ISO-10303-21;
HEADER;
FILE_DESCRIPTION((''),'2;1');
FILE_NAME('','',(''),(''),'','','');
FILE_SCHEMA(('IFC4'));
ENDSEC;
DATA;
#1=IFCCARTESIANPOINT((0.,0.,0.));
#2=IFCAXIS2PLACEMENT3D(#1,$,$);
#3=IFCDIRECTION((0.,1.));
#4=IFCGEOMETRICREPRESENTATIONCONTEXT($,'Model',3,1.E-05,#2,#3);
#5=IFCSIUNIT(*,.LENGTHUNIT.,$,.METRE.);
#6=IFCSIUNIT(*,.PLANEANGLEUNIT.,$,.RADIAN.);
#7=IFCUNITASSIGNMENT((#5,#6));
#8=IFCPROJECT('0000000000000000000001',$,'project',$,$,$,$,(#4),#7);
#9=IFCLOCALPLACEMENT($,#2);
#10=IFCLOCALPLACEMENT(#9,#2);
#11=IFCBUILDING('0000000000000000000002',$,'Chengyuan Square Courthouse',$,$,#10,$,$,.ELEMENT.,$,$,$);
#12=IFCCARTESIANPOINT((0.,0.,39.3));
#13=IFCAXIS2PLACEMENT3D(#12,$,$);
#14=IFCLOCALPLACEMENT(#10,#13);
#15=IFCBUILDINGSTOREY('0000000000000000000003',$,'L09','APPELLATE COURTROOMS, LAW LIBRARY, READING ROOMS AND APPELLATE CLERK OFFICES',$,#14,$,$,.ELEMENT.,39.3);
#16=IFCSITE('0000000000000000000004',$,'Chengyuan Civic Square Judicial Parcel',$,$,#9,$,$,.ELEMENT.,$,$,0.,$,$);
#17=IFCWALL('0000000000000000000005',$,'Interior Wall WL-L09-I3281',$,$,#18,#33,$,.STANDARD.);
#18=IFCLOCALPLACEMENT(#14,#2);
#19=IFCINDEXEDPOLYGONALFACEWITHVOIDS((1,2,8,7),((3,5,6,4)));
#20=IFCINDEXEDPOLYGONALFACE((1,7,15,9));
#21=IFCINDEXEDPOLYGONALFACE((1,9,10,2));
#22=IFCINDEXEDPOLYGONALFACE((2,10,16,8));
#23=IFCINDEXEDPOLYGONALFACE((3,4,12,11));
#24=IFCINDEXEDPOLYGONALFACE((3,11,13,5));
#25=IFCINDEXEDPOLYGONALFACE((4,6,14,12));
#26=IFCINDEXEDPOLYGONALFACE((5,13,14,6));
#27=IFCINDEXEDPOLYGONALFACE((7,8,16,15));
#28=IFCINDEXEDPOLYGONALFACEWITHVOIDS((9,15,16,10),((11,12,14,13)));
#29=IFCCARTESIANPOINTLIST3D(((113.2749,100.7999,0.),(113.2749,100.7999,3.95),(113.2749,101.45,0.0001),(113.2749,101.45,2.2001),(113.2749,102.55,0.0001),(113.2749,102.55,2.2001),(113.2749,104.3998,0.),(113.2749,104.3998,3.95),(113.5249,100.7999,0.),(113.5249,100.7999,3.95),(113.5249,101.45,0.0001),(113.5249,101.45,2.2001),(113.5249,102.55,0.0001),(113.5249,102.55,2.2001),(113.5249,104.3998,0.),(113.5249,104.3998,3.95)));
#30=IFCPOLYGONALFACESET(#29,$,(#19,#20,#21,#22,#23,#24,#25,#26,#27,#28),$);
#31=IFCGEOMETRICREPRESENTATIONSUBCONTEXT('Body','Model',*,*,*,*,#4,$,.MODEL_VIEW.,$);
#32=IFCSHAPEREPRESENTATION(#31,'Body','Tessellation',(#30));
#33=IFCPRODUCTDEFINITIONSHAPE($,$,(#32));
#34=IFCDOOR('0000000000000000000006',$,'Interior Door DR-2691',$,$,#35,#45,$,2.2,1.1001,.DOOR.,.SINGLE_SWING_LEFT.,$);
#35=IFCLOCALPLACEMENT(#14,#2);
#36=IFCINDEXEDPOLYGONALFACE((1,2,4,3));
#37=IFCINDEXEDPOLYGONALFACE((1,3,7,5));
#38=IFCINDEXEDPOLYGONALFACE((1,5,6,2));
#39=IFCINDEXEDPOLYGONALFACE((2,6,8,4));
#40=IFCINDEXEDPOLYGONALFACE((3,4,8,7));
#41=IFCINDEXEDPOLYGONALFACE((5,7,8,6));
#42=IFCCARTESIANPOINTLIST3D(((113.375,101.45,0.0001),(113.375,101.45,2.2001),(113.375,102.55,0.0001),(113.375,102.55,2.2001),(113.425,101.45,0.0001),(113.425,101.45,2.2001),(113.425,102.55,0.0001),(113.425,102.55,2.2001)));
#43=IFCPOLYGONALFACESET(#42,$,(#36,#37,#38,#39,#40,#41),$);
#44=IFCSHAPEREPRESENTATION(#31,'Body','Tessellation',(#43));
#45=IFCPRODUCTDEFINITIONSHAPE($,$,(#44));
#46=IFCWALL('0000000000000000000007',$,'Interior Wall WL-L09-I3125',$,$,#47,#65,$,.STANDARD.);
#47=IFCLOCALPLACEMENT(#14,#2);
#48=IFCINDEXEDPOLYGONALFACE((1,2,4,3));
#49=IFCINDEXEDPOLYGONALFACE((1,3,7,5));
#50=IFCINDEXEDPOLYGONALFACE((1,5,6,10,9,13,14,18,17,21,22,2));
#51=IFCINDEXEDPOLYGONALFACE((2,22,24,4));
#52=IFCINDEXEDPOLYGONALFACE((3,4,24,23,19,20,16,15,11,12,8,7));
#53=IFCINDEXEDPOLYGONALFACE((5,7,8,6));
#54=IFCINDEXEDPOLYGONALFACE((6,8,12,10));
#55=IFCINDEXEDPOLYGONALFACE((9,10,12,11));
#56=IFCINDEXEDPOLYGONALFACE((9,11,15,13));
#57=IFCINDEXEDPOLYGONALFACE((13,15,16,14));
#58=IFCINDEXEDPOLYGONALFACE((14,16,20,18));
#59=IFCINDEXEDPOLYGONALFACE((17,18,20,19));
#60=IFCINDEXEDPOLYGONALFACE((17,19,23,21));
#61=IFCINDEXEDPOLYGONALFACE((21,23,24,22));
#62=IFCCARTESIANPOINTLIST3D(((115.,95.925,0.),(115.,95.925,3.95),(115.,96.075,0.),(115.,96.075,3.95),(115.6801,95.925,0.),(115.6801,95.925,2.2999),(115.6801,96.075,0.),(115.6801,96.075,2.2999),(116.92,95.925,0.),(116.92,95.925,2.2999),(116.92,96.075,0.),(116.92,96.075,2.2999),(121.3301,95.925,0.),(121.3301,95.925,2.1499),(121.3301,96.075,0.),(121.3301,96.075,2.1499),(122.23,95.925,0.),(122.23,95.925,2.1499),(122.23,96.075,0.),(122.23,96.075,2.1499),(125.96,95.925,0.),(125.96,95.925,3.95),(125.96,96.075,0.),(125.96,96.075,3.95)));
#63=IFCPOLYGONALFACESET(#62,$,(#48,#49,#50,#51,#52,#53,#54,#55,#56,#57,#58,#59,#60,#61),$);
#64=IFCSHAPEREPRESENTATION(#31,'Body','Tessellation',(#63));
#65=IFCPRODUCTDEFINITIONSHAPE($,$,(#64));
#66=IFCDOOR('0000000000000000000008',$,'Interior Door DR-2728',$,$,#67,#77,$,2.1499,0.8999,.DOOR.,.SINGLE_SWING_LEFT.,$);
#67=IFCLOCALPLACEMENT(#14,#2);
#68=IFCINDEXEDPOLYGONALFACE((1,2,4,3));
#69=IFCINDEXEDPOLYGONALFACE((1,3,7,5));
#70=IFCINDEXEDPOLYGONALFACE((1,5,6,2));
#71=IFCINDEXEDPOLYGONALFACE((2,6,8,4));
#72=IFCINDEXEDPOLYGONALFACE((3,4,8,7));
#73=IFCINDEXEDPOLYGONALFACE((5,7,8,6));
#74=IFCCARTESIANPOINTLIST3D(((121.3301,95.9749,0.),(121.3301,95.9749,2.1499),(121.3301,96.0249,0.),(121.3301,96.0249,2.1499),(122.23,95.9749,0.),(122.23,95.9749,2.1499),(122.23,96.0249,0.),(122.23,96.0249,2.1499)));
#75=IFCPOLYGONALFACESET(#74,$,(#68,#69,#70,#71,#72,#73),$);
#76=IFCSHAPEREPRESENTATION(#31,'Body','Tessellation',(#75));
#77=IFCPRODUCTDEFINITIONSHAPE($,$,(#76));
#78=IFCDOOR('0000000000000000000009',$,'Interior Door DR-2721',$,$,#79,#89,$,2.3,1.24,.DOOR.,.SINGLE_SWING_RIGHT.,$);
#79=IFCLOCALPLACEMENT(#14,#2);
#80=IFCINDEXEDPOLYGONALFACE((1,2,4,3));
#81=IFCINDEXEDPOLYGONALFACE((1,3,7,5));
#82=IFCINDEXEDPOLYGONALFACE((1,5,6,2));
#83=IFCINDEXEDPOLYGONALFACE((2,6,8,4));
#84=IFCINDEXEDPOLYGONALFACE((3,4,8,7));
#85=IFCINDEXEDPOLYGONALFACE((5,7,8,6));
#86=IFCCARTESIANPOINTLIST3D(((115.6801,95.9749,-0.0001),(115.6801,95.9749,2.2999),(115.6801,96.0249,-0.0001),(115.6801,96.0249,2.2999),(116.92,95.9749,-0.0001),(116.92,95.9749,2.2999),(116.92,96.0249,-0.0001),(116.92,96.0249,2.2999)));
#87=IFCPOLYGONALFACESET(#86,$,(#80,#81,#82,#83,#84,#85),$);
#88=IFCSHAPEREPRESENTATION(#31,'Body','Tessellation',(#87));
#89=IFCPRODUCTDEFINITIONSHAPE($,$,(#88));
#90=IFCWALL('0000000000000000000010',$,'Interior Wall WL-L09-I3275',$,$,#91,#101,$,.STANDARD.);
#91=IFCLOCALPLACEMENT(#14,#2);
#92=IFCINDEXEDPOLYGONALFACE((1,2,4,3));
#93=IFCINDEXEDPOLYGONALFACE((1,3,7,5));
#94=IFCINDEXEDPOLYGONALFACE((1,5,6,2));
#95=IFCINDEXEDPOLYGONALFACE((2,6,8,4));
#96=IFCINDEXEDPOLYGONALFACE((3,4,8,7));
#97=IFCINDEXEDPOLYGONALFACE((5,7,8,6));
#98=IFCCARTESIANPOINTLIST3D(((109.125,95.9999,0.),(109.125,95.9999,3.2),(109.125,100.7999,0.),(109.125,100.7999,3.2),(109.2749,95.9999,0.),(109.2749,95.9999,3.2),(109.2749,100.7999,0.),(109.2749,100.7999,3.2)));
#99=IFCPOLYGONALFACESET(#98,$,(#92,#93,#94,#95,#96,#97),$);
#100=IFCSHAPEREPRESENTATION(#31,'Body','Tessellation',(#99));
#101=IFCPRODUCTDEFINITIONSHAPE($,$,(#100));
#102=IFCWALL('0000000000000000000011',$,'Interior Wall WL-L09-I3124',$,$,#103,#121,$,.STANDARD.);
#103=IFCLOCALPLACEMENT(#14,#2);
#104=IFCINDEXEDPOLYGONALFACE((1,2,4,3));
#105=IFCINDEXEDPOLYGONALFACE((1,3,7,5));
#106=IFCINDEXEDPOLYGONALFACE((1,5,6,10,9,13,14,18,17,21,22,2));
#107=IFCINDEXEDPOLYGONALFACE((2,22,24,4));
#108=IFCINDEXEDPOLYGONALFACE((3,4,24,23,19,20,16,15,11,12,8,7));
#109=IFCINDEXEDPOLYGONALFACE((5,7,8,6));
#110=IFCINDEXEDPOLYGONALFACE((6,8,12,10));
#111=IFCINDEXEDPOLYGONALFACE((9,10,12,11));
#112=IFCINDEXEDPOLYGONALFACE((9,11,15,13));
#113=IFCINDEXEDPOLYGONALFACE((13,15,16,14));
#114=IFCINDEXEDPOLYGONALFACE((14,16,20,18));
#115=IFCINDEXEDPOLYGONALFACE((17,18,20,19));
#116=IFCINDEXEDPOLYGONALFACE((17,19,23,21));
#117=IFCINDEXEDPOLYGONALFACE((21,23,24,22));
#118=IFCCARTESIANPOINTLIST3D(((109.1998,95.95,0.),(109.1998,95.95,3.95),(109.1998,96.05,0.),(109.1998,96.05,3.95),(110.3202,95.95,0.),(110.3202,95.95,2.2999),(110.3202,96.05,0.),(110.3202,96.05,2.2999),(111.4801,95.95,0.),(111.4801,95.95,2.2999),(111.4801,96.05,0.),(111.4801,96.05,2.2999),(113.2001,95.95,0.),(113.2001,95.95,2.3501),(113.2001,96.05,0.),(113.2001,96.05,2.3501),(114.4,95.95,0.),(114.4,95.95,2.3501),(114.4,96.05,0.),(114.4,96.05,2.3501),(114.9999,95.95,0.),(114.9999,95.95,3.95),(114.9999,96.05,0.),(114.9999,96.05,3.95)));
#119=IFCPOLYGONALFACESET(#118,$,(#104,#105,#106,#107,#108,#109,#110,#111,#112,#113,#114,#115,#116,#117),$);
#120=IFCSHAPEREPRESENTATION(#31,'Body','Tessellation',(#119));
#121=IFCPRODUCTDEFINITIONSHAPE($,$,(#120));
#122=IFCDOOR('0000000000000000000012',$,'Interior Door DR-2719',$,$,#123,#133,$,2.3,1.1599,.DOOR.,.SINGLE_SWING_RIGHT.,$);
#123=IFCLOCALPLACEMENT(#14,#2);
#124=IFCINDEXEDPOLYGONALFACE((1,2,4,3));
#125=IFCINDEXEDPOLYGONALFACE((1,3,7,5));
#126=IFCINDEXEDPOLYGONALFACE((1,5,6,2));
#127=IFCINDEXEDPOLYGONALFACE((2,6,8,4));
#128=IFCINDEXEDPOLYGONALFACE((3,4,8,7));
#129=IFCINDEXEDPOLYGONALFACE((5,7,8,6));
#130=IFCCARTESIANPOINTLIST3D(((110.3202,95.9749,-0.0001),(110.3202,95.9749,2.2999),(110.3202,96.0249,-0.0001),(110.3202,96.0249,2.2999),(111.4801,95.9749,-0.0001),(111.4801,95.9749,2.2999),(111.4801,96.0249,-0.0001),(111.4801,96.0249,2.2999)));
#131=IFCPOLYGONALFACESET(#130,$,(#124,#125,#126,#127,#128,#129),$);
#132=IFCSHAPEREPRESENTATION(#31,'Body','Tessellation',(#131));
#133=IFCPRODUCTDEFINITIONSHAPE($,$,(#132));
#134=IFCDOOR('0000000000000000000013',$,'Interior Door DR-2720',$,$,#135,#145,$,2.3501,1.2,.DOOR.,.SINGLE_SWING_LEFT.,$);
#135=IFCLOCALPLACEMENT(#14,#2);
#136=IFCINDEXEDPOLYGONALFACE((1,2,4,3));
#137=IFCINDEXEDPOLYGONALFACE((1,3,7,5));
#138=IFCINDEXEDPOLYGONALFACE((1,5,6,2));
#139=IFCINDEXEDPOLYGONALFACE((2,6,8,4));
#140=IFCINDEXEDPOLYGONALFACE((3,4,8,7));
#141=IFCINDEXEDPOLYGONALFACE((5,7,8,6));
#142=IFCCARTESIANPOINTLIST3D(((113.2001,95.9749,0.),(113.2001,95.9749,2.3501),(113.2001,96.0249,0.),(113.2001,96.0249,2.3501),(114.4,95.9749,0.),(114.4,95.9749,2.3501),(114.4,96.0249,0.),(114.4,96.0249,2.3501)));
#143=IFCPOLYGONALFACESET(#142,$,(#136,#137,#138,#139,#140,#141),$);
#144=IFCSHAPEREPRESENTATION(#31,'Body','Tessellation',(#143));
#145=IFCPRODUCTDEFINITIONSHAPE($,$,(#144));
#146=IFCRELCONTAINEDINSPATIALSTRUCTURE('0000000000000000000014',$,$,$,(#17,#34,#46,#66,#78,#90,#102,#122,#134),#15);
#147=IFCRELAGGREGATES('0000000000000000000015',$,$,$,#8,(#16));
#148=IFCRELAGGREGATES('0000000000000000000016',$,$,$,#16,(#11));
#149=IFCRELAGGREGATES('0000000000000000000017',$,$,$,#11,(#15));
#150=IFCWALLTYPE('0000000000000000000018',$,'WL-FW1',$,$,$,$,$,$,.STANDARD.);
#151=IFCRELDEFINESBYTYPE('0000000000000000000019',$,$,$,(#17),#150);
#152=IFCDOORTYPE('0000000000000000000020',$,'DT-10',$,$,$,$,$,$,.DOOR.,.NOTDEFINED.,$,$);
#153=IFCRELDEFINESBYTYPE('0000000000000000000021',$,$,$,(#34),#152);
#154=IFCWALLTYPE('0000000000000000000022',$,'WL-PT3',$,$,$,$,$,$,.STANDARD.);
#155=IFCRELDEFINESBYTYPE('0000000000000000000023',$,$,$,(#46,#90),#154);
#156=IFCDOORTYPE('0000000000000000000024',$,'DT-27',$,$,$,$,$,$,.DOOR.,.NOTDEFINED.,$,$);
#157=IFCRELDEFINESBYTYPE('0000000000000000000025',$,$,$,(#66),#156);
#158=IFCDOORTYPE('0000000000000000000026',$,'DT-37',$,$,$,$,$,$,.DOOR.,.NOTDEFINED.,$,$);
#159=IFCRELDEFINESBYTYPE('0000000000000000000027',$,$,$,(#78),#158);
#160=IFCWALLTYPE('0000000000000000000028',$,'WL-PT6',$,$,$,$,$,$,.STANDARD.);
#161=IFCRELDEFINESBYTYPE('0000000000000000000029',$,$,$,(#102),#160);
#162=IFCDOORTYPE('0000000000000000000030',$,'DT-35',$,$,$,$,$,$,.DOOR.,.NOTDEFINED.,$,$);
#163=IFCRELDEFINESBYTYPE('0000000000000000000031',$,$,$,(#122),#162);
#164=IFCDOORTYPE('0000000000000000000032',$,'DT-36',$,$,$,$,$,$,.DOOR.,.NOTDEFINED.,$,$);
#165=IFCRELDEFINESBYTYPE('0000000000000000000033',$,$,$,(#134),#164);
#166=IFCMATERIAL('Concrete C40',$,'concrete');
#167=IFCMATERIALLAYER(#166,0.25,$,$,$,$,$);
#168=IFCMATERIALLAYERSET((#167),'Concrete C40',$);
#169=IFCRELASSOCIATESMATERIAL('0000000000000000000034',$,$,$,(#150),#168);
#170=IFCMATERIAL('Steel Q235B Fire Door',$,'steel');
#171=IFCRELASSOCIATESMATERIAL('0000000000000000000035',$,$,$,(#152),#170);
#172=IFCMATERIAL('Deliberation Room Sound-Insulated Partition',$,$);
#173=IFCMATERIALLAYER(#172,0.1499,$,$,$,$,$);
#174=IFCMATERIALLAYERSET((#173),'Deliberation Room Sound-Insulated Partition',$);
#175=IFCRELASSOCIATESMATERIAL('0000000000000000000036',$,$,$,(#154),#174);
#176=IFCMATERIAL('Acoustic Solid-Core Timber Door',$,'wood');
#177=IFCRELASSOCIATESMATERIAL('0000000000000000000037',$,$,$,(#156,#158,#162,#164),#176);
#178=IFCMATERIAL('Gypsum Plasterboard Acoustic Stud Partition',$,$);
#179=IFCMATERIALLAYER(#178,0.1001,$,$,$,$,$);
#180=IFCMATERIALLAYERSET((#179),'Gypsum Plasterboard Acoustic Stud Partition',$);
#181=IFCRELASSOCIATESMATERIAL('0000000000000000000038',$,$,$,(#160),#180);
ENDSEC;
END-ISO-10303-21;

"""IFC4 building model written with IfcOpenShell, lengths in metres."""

from ifc_helpers import new_model, si_unit, direction, frame, frame_2d, origin, place, context, subcontext, project, spatial, rectangle, extrude, material, layer, layer_set, type_object, element, fill, save


model = new_model("IFC4")

# Units and contexts
model_context = context("Model", 3, precision=1e-05, world=origin(), true_north=direction((0.0, 1.0)))
body_context = subcontext(model_context, "Body", "Model", "MODEL_VIEW")
ifc_project = project(units=[si_unit("LENGTHUNIT", "METRE"), si_unit("PLANEANGLEUNIT", "RADIAN")], contexts=[model_context])

# Site, building, storey
site_placement = place(None, origin())
site = spatial("IfcSite", under=ifc_project, at=site_placement, Name="Chengyuan Civic Square Judicial Parcel", CompositionType="ELEMENT", RefElevation=0.0)
building_placement = place(site_placement, origin())
building = spatial("IfcBuilding", under=site, at=building_placement, Name="Chengyuan Square Courthouse", CompositionType="ELEMENT")
storey_placement = place(building_placement, frame((0.0, 0.0, 39.3)))
storey = spatial("IfcBuildingStorey", under=building, at=storey_placement, Name="L09", Description="APPELLATE COURTROOMS, LAW LIBRARY, READING ROOMS AND APPELLATE CLERK OFFICES", CompositionType="ELEMENT", Elevation=39.3)

# Shared definitions
ifc_material_1 = material(Name="Concrete C40", Category="concrete")

# Shared definitions
ifc_layer_1 = layer(ifc_material_1, 0.25)
ifc_layer_set_1 = layer_set([ifc_layer_1], Name="Concrete C40")
wall_type_1 = type_object("IfcWallType", Name="WL-FW1", PredefinedType="STANDARD", material=ifc_layer_set_1)
ifc_material_2 = material(Name="Steel Q235B Fire Door", Category="steel")
door_type_1 = type_object("IfcDoorType", Name="DT-10", OperationType="NOTDEFINED", PredefinedType="DOOR", material=ifc_material_2)

# Wall, opening, door
wall_1_placement = place(storey_placement, frame((113.3999, 100.8, 0.0), z_axis=(0.0, 0.0, 1.0), x_axis=(0.0, 1.0, 0.0)))
wall_1 = element("IfcWall", 1, at=wall_1_placement, inside=storey, type_object=wall_type_1, Name="Interior Wall WL-L09-I3281", PredefinedType="STANDARD", context=body_context, shape_type="SweptSolid", body=[
    extrude(rectangle(XDim=3.5999, YDim=0.25, at=frame_2d((1.7998, 0.0))), origin(), (0.0, 0.0, 1.0), 3.95),
])
opening_1_placement = place(wall_1_placement, frame((0.6499, 0.0, 0.0)))
opening_1 = element("IfcOpeningElement", 2, at=opening_1_placement, cuts=wall_1, PredefinedType="OPENING", context=body_context, shape_type="SweptSolid", body=[
    extrude(rectangle(XDim=1.1001, YDim=2.2, at=frame_2d((0.55, 1.1001))), frame((0.0, 0.137, 0.0), z_axis=(0.0, -1.0, 0.0), x_axis=(1.0, 0.0, 0.0)), (0.0, 0.0, 1.0), 0.2739),
])
door_1_placement = place(opening_1_placement, origin())
door_1 = element("IfcDoor", 3, at=door_1_placement, inside=storey, type_object=door_type_1, Name="Interior Door DR-2691", OperationType="SINGLE_SWING_LEFT", OverallHeight=2.2, OverallWidth=1.1001, PredefinedType="DOOR", context=body_context, shape_type="SweptSolid", body=[
    extrude(rectangle(XDim=1.1001, YDim=2.2, at=frame_2d((0.55, 1.1001))), frame((0.0, 0.0249, 0.0), z_axis=(0.0, -1.0, 0.0), x_axis=(1.0, 0.0, 0.0)), (0.0, 0.0, 1.0), 0.05),
])
fill(opening_1, door_1)

# Wall, openings, doors
ifc_material_3 = material(Name="Deliberation Room Sound-Insulated Partition")
ifc_layer_2 = layer(ifc_material_3, 0.1499)
ifc_layer_set_2 = layer_set([ifc_layer_2], Name="Deliberation Room Sound-Insulated Partition")
wall_type_2 = type_object("IfcWallType", Name="WL-PT3", PredefinedType="STANDARD", material=ifc_layer_set_2)
wall_2_placement = place(storey_placement, frame((115.0, 96.0, 0.0), z_axis=(0.0, 0.0, 1.0), x_axis=(1.0, 0.0, 0.0)))
wall_2 = element("IfcWall", 4, at=wall_2_placement, inside=storey, type_object=wall_type_2, Name="Interior Wall WL-L09-I3125", PredefinedType="STANDARD", context=body_context, shape_type="SweptSolid", body=[
    extrude(rectangle(XDim=10.96, YDim=0.1499, at=frame_2d((5.48, 0.0))), origin(), (0.0, 0.0, 1.0), 3.95),
])
opening_2_placement = place(wall_2_placement, frame((0.6799, 0.0, 0.0)))
opening_2 = element("IfcOpeningElement", 5, at=opening_2_placement, cuts=wall_2, PredefinedType="OPENING", context=body_context, shape_type="SweptSolid", body=[
    extrude(rectangle(XDim=1.24, YDim=2.3, at=frame_2d((0.6201, 1.1499))), frame((0.0, 0.0869, 0.0), z_axis=(0.0, -1.0, 0.0), x_axis=(1.0, 0.0, 0.0)), (0.0, 0.0, 1.0), 0.1738),
])
opening_3_placement = place(wall_2_placement, frame((6.3301, 0.0, 0.0)))
opening_3 = element("IfcOpeningElement", 6, at=opening_3_placement, cuts=wall_2, PredefinedType="OPENING", context=body_context, shape_type="SweptSolid", body=[
    extrude(rectangle(XDim=0.8999, YDim=2.1499, at=frame_2d((0.45, 1.075))), frame((0.0, 0.0869, 0.0), z_axis=(0.0, -1.0, 0.0), x_axis=(1.0, 0.0, 0.0)), (0.0, 0.0, 1.0), 0.1738),
])
ifc_material_4 = material(Name="Acoustic Solid-Core Timber Door", Category="wood")
door_type_2 = type_object("IfcDoorType", Name="DT-27", OperationType="NOTDEFINED", PredefinedType="DOOR", material=ifc_material_4)
door_2_placement = place(opening_3_placement, origin())
door_2 = element("IfcDoor", 7, at=door_2_placement, inside=storey, type_object=door_type_2, Name="Interior Door DR-2728", OperationType="SINGLE_SWING_LEFT", OverallHeight=2.1499, OverallWidth=0.8999, PredefinedType="DOOR", context=body_context, shape_type="SweptSolid", body=[
    extrude(rectangle(XDim=0.8999, YDim=2.1499, at=frame_2d((0.45, 1.075))), frame((0.0, 0.0249, 0.0), z_axis=(0.0, -1.0, 0.0), x_axis=(1.0, 0.0, 0.0)), (0.0, 0.0, 1.0), 0.05),
])
fill(opening_3, door_2)
door_type_3 = type_object("IfcDoorType", Name="DT-37", OperationType="NOTDEFINED", PredefinedType="DOOR", material=ifc_material_4)
door_3_placement = place(opening_2_placement, origin())
door_3 = element("IfcDoor", 8, at=door_3_placement, inside=storey, type_object=door_type_3, Name="Interior Door DR-2721", OperationType="SINGLE_SWING_RIGHT", OverallHeight=2.3, OverallWidth=1.24, PredefinedType="DOOR", context=body_context, shape_type="SweptSolid", body=[
    extrude(rectangle(XDim=1.24, YDim=2.3, at=frame_2d((0.6201, 1.1499))), frame((0.0, 0.0249, 0.0), z_axis=(0.0, -1.0, 0.0), x_axis=(1.0, 0.0, 0.0)), (0.0, 0.0, 1.0), 0.05),
])
fill(opening_2, door_3)

# Wall
wall_3_placement = place(storey_placement, frame((109.2, 96.0, 0.0), z_axis=(0.0, 0.0, 1.0), x_axis=(0.0, 1.0, 0.0)))
element("IfcWall", 9, at=wall_3_placement, inside=storey, type_object=wall_type_2, Name="Interior Wall WL-L09-I3275", PredefinedType="STANDARD", context=body_context, shape_type="SweptSolid", body=[
    extrude(rectangle(XDim=4.8, YDim=0.1499, at=frame_2d((2.3999, 0.0))), origin(), (0.0, 0.0, 1.0), 3.2),
])

# Wall, openings, doors
ifc_material_5 = material(Name="Gypsum Plasterboard Acoustic Stud Partition")
ifc_layer_3 = layer(ifc_material_5, 0.1001)
ifc_layer_set_3 = layer_set([ifc_layer_3], Name="Gypsum Plasterboard Acoustic Stud Partition")
wall_type_3 = type_object("IfcWallType", Name="WL-PT6", PredefinedType="STANDARD", material=ifc_layer_set_3)
wall_4_placement = place(storey_placement, frame((109.2, 96.0, 0.0), z_axis=(0.0, 0.0, 1.0), x_axis=(1.0, 0.0, 0.0)))
wall_4 = element("IfcWall", 10, at=wall_4_placement, inside=storey, type_object=wall_type_3, Name="Interior Wall WL-L09-I3124", PredefinedType="STANDARD", context=body_context, shape_type="SweptSolid", body=[
    extrude(rectangle(XDim=5.8, YDim=0.1001, at=frame_2d((2.8999, 0.0))), origin(), (0.0, 0.0, 1.0), 3.95),
])
opening_4_placement = place(wall_4_placement, frame((1.1201, 0.0, 0.0)))
opening_4 = element("IfcOpeningElement", 11, at=opening_4_placement, cuts=wall_4, PredefinedType="OPENING", context=body_context, shape_type="SweptSolid", body=[
    extrude(rectangle(XDim=1.1599, YDim=2.3, at=frame_2d((0.5801, 1.1499))), frame((0.0, 0.062, 0.0), z_axis=(0.0, -1.0, 0.0), x_axis=(1.0, 0.0, 0.0)), (0.0, 0.0, 1.0), 0.124),
])
opening_5_placement = place(wall_4_placement, frame((4.0, 0.0, 0.0)))
opening_5 = element("IfcOpeningElement", 12, at=opening_5_placement, cuts=wall_4, PredefinedType="OPENING", context=body_context, shape_type="SweptSolid", body=[
    extrude(rectangle(XDim=1.2, YDim=2.3501, at=frame_2d((0.6001, 1.175))), frame((0.0, 0.062, 0.0), z_axis=(0.0, -1.0, 0.0), x_axis=(1.0, 0.0, 0.0)), (0.0, 0.0, 1.0), 0.124),
])
door_type_4 = type_object("IfcDoorType", Name="DT-35", OperationType="NOTDEFINED", PredefinedType="DOOR", material=ifc_material_4)
door_4_placement = place(opening_4_placement, origin())
door_4 = element("IfcDoor", 13, at=door_4_placement, inside=storey, type_object=door_type_4, Name="Interior Door DR-2719", OperationType="SINGLE_SWING_RIGHT", OverallHeight=2.3, OverallWidth=1.1599, PredefinedType="DOOR", context=body_context, shape_type="SweptSolid", body=[
    extrude(rectangle(XDim=1.1599, YDim=2.3, at=frame_2d((0.5801, 1.1499))), frame((0.0, 0.0249, 0.0), z_axis=(0.0, -1.0, 0.0), x_axis=(1.0, 0.0, 0.0)), (0.0, 0.0, 1.0), 0.05),
])
fill(opening_4, door_4)
door_type_5 = type_object("IfcDoorType", Name="DT-36", OperationType="NOTDEFINED", PredefinedType="DOOR", material=ifc_material_4)
door_5_placement = place(opening_5_placement, origin())
door_5 = element("IfcDoor", 14, at=door_5_placement, inside=storey, type_object=door_type_5, Name="Interior Door DR-2720", OperationType="SINGLE_SWING_LEFT", OverallHeight=2.3501, OverallWidth=1.2, PredefinedType="DOOR", context=body_context, shape_type="SweptSolid", body=[
    extrude(rectangle(XDim=1.2, YDim=2.3501, at=frame_2d((0.6001, 1.175))), frame((0.0, 0.0249, 0.0), z_axis=(0.0, -1.0, 0.0), x_axis=(1.0, 0.0, 0.0)), (0.0, 0.0, 1.0), 0.05),
])
fill(opening_5, door_5)

save(model, "model.ifc")
